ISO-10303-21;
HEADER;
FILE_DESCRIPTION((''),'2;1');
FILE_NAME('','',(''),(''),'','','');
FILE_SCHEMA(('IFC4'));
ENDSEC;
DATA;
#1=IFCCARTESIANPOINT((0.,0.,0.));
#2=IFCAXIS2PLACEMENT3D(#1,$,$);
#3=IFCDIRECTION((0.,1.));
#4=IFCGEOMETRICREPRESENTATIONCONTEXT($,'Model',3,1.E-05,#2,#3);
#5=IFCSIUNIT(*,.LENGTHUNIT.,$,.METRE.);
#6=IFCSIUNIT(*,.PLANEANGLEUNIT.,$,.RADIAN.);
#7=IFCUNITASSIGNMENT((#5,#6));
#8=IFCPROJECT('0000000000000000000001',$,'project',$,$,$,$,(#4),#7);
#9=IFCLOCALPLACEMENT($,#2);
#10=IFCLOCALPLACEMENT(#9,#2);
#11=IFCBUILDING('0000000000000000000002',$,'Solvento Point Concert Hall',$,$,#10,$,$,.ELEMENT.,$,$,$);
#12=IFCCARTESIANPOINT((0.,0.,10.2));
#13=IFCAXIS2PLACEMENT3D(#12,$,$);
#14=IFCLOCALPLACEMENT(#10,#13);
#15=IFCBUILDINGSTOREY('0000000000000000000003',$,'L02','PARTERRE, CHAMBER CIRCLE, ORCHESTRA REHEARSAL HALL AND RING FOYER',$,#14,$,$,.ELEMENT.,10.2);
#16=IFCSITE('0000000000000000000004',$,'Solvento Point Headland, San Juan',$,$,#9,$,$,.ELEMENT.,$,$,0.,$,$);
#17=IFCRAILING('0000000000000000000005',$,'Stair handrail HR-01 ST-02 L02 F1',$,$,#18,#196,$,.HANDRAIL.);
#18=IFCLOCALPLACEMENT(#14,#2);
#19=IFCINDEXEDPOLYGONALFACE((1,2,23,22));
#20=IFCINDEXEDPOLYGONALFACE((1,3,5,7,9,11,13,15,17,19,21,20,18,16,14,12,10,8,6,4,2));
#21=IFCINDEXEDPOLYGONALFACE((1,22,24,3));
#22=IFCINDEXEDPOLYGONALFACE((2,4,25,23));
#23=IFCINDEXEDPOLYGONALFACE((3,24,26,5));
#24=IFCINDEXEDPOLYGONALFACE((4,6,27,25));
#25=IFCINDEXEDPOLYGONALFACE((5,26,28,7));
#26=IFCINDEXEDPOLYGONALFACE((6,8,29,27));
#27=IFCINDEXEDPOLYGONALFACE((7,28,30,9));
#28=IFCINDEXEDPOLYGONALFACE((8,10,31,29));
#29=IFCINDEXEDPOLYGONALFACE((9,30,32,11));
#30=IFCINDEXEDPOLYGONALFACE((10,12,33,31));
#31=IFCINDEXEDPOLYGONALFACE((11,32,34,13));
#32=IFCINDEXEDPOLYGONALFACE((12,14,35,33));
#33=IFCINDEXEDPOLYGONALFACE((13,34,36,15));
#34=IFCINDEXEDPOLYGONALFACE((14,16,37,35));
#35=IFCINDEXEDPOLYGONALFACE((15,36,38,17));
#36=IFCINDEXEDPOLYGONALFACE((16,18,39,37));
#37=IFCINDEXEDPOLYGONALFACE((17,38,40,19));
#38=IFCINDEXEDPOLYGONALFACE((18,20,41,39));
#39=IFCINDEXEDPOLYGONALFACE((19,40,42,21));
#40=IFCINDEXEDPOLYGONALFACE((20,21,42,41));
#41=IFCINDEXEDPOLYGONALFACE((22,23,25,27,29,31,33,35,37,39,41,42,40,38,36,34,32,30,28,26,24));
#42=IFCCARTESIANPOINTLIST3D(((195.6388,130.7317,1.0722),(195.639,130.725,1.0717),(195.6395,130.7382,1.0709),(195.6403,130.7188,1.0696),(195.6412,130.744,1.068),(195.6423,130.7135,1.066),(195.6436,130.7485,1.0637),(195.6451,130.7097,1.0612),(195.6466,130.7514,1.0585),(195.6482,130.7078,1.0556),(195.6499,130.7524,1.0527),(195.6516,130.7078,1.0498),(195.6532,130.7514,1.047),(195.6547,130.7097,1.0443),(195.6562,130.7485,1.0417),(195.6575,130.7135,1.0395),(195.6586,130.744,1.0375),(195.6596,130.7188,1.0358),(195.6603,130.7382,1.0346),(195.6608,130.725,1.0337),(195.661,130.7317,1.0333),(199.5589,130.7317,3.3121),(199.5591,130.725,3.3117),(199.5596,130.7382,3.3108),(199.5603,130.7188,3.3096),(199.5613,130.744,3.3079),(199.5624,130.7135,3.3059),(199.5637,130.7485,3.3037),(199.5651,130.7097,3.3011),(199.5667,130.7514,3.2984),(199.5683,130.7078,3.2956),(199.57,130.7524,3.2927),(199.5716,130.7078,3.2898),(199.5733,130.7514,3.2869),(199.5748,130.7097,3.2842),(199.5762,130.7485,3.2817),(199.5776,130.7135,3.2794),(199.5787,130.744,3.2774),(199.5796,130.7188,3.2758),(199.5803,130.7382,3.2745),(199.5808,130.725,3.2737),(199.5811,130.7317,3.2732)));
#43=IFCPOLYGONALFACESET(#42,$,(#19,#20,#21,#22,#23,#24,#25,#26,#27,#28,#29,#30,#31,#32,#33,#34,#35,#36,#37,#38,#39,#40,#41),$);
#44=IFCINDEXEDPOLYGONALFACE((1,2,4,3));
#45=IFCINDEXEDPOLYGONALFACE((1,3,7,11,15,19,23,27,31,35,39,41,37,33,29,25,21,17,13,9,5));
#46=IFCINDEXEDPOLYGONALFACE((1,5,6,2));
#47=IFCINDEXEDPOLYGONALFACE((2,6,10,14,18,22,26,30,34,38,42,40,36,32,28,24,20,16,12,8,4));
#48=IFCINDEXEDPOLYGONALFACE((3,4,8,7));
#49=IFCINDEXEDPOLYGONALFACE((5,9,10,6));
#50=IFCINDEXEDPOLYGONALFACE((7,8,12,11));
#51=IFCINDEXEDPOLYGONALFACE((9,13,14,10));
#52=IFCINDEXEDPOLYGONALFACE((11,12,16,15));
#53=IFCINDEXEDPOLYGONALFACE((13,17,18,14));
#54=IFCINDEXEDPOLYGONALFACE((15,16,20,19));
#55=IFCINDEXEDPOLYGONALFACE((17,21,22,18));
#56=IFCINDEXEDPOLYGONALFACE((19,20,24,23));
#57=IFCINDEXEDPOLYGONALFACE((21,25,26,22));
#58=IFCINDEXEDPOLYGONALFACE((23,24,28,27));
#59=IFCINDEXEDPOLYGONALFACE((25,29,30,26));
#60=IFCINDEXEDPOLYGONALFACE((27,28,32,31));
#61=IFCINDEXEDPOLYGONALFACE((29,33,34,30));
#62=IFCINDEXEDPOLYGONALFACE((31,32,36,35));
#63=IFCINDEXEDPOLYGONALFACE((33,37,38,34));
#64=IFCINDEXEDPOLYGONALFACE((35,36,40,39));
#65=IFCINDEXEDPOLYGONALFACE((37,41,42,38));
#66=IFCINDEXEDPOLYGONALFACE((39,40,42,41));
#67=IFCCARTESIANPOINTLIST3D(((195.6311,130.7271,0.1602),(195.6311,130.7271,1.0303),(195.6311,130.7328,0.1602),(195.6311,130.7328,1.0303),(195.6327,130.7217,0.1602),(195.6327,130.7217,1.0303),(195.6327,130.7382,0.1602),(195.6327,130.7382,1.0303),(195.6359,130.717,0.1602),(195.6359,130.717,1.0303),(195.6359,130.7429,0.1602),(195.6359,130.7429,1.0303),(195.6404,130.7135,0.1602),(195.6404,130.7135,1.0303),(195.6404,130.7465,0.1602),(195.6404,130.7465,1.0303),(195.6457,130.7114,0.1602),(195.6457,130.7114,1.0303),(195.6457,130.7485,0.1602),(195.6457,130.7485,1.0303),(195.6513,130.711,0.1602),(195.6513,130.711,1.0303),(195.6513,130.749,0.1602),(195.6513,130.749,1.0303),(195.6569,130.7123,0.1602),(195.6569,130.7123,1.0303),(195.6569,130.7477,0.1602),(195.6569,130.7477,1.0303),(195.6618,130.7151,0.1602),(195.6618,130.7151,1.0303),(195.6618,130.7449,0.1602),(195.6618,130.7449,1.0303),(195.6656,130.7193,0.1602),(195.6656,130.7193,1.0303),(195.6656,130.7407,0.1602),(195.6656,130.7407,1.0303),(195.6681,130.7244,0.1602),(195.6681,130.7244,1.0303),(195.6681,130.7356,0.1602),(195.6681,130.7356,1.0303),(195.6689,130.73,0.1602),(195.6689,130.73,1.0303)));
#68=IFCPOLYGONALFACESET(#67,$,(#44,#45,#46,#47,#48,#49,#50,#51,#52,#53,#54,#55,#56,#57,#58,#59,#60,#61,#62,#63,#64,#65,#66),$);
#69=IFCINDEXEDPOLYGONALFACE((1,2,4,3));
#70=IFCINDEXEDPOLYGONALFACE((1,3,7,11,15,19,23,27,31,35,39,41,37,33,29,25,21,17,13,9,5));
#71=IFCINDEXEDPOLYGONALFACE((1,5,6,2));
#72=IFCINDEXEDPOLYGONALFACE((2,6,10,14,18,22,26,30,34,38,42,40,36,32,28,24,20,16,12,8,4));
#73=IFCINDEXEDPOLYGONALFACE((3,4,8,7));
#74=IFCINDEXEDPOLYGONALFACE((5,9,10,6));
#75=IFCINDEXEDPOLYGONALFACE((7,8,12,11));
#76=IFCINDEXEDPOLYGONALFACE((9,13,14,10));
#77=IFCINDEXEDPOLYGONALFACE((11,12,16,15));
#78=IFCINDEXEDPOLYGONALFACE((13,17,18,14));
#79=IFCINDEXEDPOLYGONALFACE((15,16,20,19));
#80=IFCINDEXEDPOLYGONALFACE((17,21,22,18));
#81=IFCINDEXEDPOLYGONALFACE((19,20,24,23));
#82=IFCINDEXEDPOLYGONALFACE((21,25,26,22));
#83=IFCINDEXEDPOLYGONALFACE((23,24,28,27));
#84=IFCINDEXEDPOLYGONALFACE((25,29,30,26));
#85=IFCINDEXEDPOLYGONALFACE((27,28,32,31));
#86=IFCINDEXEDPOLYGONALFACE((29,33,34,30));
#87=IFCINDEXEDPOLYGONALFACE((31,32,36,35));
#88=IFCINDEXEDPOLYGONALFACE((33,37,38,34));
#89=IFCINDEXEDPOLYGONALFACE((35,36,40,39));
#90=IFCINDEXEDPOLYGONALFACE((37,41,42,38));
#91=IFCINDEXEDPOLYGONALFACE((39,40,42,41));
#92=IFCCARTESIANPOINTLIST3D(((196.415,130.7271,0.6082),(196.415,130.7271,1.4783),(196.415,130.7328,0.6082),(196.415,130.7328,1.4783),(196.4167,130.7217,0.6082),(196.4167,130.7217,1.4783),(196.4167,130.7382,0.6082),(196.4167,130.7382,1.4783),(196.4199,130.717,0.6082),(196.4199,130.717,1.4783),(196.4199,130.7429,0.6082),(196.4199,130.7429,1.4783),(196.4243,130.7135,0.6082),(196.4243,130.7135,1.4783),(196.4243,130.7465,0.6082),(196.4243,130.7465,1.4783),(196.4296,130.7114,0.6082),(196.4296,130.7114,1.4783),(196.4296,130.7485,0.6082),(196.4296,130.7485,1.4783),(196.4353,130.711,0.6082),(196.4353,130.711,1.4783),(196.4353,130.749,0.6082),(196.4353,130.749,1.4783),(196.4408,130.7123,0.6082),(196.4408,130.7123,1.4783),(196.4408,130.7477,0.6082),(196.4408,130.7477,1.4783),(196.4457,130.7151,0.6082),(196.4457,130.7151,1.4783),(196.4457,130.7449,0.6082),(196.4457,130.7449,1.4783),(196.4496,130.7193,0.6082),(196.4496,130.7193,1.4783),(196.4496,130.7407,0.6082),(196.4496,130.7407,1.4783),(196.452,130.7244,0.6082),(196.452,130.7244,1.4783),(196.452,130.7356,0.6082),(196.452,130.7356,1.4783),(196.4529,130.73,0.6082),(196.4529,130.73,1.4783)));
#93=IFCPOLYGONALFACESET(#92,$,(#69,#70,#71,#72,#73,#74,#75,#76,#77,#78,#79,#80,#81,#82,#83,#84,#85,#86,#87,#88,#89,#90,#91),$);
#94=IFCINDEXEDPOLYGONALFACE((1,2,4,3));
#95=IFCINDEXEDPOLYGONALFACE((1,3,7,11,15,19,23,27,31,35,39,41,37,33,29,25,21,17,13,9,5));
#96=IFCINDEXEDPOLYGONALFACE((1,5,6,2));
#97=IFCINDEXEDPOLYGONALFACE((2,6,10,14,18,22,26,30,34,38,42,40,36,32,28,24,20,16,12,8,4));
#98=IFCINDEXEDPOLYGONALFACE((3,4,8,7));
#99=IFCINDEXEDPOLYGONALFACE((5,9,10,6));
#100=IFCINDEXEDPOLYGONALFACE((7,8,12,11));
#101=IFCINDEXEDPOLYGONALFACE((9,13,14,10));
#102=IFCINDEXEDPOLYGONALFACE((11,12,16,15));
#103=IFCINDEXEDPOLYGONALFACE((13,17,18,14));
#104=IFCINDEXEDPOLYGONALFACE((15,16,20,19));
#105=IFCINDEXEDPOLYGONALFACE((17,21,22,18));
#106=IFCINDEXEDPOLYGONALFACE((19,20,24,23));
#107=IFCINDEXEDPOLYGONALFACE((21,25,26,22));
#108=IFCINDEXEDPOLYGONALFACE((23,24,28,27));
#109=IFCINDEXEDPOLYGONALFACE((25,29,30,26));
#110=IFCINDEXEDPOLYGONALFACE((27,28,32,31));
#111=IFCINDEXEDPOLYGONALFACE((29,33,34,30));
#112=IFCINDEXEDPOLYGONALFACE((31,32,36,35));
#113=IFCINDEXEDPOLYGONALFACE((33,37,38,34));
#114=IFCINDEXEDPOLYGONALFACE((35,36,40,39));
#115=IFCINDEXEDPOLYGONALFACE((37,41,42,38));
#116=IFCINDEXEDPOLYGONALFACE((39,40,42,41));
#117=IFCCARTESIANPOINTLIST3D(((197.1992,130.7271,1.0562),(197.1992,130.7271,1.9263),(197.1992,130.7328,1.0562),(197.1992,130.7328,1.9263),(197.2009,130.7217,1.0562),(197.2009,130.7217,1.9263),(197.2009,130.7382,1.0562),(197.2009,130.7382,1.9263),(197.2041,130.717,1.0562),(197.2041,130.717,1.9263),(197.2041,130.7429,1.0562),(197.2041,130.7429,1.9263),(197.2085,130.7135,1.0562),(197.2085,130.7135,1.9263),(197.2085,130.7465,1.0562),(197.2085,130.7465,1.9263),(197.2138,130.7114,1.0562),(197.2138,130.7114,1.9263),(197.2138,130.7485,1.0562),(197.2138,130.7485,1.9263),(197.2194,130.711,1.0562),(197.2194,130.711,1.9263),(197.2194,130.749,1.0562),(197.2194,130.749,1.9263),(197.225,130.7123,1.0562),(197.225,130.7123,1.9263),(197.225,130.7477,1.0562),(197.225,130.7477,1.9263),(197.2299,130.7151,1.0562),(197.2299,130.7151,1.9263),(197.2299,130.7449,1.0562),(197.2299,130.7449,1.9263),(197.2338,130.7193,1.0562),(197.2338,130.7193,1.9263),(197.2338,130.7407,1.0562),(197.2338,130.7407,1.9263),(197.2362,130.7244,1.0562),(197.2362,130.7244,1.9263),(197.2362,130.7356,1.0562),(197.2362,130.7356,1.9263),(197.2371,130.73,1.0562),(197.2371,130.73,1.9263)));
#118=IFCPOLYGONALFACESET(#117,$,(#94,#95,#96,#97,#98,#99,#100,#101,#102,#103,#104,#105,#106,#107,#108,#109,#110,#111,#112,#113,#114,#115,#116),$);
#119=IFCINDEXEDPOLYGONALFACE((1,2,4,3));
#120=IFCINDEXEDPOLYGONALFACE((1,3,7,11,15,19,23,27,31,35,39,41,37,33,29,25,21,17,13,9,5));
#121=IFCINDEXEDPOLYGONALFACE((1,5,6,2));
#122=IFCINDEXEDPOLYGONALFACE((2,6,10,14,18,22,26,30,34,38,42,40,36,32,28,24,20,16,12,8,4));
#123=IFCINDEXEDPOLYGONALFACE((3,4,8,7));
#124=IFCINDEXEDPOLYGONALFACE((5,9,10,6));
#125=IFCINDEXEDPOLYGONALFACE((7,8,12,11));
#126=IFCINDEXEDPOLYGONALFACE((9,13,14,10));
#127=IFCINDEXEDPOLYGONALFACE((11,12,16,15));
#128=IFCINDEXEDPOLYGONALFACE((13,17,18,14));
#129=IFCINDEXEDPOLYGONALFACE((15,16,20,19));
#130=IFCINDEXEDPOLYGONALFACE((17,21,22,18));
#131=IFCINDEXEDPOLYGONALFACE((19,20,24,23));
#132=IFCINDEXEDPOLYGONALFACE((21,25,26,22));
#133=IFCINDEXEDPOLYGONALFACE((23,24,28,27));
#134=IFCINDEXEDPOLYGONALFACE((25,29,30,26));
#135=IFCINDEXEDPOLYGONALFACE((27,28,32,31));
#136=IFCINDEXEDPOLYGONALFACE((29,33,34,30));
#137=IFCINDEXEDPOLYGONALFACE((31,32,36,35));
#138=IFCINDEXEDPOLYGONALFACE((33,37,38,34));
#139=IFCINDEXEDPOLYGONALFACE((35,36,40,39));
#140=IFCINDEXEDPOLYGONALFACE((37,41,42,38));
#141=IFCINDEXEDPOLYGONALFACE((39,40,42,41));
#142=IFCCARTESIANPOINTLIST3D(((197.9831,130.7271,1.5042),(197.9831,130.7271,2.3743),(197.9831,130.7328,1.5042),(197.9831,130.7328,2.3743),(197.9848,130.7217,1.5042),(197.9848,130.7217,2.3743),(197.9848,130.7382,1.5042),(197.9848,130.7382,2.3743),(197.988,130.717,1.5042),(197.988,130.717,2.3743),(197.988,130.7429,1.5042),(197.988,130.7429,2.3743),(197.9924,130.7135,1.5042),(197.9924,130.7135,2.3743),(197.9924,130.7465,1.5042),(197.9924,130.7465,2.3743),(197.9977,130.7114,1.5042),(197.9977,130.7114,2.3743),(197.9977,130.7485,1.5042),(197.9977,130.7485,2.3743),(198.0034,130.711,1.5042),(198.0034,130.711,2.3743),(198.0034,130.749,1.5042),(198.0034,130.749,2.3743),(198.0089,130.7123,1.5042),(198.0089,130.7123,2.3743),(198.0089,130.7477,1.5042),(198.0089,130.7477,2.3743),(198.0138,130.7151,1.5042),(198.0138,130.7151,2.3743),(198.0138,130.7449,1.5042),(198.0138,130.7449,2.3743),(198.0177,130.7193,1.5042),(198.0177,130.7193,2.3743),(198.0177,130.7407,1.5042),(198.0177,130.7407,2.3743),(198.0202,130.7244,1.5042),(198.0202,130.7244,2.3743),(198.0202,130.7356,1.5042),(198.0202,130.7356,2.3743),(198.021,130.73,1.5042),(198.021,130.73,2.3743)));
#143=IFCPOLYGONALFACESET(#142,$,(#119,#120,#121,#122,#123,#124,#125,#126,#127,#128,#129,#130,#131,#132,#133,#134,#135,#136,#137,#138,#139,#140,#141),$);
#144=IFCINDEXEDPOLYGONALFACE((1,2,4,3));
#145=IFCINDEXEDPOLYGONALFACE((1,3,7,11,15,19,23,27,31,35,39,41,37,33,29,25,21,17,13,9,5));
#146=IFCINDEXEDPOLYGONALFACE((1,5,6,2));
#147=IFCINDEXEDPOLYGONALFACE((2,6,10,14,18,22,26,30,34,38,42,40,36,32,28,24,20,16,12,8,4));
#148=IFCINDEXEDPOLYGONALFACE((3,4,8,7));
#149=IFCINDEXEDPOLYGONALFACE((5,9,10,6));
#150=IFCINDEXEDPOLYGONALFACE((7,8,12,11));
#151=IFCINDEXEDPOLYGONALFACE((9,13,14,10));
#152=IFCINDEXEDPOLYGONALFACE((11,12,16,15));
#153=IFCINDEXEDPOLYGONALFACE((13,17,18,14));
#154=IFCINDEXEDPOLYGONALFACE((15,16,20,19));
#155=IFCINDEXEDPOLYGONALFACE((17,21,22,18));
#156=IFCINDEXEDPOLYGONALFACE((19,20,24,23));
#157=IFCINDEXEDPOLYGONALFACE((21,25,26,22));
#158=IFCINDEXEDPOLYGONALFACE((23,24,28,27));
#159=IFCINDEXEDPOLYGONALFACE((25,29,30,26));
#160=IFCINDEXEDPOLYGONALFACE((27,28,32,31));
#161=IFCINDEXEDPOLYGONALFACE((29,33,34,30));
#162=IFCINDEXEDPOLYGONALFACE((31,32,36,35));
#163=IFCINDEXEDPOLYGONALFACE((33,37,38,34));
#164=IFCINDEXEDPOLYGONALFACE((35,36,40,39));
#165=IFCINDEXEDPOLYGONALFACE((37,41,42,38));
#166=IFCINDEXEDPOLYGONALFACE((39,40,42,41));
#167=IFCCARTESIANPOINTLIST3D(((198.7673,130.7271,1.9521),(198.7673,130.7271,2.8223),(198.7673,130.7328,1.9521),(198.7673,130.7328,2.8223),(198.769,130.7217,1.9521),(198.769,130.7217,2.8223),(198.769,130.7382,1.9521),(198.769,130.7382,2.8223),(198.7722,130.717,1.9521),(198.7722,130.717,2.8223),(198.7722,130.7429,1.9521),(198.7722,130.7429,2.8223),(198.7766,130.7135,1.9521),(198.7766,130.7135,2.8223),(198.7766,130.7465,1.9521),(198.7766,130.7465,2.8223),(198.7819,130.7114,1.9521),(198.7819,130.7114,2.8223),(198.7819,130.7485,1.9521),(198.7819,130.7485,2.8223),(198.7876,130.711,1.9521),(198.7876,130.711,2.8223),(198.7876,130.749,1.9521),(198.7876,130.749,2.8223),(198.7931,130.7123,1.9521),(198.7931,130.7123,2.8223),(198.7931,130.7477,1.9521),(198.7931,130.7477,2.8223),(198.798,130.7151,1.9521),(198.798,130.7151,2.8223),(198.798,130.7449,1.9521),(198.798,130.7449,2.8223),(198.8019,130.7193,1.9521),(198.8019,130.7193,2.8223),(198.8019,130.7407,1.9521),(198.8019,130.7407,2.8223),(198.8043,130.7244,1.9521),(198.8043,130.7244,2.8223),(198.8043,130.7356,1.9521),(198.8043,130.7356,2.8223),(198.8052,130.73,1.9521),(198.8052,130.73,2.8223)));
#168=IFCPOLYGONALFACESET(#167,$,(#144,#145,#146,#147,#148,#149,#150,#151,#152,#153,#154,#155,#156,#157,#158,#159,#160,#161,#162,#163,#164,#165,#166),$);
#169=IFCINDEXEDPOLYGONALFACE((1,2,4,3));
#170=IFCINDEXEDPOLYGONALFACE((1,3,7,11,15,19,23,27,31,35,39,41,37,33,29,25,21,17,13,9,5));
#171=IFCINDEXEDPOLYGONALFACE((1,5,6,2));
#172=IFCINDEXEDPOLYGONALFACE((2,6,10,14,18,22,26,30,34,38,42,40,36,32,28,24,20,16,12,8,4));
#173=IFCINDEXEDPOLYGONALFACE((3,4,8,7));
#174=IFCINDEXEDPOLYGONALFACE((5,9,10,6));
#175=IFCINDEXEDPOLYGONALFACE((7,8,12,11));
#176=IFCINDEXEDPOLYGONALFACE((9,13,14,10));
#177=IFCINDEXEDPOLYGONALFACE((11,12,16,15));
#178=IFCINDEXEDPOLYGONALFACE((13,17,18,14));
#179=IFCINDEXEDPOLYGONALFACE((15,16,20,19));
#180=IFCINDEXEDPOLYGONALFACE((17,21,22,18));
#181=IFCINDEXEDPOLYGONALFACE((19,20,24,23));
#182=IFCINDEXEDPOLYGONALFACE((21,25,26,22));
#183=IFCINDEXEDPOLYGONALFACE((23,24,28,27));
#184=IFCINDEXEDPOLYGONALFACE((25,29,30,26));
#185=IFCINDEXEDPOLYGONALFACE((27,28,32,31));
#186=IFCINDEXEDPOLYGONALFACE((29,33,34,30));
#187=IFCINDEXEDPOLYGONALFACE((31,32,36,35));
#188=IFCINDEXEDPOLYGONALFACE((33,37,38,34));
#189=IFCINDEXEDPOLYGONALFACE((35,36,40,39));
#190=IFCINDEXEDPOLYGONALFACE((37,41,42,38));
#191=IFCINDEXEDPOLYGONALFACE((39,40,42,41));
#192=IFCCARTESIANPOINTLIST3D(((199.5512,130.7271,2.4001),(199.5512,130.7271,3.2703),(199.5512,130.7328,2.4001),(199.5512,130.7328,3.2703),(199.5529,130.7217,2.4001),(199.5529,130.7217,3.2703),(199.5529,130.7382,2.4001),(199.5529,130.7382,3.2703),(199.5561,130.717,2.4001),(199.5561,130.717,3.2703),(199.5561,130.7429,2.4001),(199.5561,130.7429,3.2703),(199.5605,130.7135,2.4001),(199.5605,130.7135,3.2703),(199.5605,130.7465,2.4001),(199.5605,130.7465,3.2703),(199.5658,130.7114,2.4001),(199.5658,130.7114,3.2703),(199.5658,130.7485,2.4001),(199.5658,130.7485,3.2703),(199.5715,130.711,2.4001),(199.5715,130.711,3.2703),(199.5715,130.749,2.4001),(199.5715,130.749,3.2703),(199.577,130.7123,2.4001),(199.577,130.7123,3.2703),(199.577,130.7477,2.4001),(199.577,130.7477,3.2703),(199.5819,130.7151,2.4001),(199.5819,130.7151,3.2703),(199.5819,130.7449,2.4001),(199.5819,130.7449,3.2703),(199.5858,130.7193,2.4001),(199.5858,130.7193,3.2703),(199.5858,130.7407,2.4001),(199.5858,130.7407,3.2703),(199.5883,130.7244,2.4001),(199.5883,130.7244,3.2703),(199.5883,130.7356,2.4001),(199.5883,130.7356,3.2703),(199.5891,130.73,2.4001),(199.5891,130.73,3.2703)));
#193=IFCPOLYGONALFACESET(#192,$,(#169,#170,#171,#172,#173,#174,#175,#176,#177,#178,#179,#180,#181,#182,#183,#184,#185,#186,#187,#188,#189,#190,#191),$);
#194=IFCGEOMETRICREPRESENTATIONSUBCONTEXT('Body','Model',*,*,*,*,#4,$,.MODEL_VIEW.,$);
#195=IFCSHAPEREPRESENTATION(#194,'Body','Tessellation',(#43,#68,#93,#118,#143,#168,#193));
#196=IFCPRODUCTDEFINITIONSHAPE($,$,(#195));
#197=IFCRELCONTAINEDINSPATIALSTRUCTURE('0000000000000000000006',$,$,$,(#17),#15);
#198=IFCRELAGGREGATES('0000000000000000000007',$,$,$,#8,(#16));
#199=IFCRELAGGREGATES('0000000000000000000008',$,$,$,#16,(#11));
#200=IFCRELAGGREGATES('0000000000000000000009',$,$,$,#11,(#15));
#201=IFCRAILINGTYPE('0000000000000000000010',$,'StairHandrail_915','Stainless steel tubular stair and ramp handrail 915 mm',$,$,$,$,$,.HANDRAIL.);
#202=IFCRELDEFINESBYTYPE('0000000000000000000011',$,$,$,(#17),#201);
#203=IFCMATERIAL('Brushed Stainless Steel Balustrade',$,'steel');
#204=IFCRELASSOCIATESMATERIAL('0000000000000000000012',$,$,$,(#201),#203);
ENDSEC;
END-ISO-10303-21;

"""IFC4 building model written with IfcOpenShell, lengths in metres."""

from ifc_helpers import new_model, si_unit, direction, frame, origin, origin_2d, place, context, subcontext, project, spatial, circle, extrude, material, type_object, element, save


model = new_model("IFC4")

# Units and contexts
model_context = context("Model", 3, precision=1e-05, world=origin(), true_north=direction((0.0, 1.0)))
body_context = subcontext(model_context, "Body", "Model", "MODEL_VIEW")
ifc_project = project(units=[si_unit("LENGTHUNIT", "METRE"), si_unit("PLANEANGLEUNIT", "RADIAN")], contexts=[model_context])

# Site, building, storey
site_placement = place(None, origin())
site = spatial("IfcSite", under=ifc_project, at=site_placement, Name="Solvento Point Headland, San Juan", CompositionType="ELEMENT", RefElevation=0.0)
building_placement = place(site_placement, origin())
building = spatial("IfcBuilding", under=site, at=building_placement, Name="Solvento Point Concert Hall", CompositionType="ELEMENT")
storey_placement = place(building_placement, frame((0.0, 0.0, 10.2)))
storey = spatial("IfcBuildingStorey", under=building, at=storey_placement, Name="L02", Description="PARTERRE, CHAMBER CIRCLE, ORCHESTRA REHEARSAL HALL AND RING FOYER", CompositionType="ELEMENT", Elevation=10.2)

# Railing
ifc_material_1 = material(Name="Brushed Stainless Steel Balustrade", Category="steel")
railing_type_1 = type_object("IfcRailingType", Name="StairHandrail_915", Description="Stainless steel tubular stair and ramp handrail 915 mm", PredefinedType="HANDRAIL", material=ifc_material_1)
railing_1_placement = place(storey_placement, frame((195.6499, 130.73, 0.1602)))
element("IfcRailing", 1, at=railing_1_placement, inside=storey, type_object=railing_type_1, Name="Stair handrail HR-01 ST-02 L02 F1", PredefinedType="HANDRAIL", context=body_context, shape_type="SweptSolid", body=[
    extrude(circle(Radius=0.0225, at=origin_2d()), frame((0.0, 0.0, 0.8926), z_axis=(0.868253, 0.0, 0.496121), x_axis=(0.0, 1.0, 0.0)), (0.0, 0.0, 1.0), 4.5149),
    extrude(circle(Radius=0.019, at=origin_2d()), origin(), (0.0, 0.0, 1.0), 0.8701),
    extrude(circle(Radius=0.019, at=origin_2d()), frame((0.7839, 0.0, 0.448)), (0.0, 0.0, 1.0), 0.8701),
    extrude(circle(Radius=0.019, at=origin_2d()), frame((1.5681, 0.0, 0.896)), (0.0, 0.0, 1.0), 0.8701),
    extrude(circle(Radius=0.019, at=origin_2d()), frame((2.3521, 0.0, 1.344)), (0.0, 0.0, 1.0), 0.8701),
    extrude(circle(Radius=0.019, at=origin_2d()), frame((3.1362, 0.0, 1.792)), (0.0, 0.0, 1.0), 0.8701),
    extrude(circle(Radius=0.019, at=origin_2d()), frame((3.9202, 0.0, 2.24)), (0.0, 0.0, 1.0), 0.8701),
])

save(model, "model.ifc")
